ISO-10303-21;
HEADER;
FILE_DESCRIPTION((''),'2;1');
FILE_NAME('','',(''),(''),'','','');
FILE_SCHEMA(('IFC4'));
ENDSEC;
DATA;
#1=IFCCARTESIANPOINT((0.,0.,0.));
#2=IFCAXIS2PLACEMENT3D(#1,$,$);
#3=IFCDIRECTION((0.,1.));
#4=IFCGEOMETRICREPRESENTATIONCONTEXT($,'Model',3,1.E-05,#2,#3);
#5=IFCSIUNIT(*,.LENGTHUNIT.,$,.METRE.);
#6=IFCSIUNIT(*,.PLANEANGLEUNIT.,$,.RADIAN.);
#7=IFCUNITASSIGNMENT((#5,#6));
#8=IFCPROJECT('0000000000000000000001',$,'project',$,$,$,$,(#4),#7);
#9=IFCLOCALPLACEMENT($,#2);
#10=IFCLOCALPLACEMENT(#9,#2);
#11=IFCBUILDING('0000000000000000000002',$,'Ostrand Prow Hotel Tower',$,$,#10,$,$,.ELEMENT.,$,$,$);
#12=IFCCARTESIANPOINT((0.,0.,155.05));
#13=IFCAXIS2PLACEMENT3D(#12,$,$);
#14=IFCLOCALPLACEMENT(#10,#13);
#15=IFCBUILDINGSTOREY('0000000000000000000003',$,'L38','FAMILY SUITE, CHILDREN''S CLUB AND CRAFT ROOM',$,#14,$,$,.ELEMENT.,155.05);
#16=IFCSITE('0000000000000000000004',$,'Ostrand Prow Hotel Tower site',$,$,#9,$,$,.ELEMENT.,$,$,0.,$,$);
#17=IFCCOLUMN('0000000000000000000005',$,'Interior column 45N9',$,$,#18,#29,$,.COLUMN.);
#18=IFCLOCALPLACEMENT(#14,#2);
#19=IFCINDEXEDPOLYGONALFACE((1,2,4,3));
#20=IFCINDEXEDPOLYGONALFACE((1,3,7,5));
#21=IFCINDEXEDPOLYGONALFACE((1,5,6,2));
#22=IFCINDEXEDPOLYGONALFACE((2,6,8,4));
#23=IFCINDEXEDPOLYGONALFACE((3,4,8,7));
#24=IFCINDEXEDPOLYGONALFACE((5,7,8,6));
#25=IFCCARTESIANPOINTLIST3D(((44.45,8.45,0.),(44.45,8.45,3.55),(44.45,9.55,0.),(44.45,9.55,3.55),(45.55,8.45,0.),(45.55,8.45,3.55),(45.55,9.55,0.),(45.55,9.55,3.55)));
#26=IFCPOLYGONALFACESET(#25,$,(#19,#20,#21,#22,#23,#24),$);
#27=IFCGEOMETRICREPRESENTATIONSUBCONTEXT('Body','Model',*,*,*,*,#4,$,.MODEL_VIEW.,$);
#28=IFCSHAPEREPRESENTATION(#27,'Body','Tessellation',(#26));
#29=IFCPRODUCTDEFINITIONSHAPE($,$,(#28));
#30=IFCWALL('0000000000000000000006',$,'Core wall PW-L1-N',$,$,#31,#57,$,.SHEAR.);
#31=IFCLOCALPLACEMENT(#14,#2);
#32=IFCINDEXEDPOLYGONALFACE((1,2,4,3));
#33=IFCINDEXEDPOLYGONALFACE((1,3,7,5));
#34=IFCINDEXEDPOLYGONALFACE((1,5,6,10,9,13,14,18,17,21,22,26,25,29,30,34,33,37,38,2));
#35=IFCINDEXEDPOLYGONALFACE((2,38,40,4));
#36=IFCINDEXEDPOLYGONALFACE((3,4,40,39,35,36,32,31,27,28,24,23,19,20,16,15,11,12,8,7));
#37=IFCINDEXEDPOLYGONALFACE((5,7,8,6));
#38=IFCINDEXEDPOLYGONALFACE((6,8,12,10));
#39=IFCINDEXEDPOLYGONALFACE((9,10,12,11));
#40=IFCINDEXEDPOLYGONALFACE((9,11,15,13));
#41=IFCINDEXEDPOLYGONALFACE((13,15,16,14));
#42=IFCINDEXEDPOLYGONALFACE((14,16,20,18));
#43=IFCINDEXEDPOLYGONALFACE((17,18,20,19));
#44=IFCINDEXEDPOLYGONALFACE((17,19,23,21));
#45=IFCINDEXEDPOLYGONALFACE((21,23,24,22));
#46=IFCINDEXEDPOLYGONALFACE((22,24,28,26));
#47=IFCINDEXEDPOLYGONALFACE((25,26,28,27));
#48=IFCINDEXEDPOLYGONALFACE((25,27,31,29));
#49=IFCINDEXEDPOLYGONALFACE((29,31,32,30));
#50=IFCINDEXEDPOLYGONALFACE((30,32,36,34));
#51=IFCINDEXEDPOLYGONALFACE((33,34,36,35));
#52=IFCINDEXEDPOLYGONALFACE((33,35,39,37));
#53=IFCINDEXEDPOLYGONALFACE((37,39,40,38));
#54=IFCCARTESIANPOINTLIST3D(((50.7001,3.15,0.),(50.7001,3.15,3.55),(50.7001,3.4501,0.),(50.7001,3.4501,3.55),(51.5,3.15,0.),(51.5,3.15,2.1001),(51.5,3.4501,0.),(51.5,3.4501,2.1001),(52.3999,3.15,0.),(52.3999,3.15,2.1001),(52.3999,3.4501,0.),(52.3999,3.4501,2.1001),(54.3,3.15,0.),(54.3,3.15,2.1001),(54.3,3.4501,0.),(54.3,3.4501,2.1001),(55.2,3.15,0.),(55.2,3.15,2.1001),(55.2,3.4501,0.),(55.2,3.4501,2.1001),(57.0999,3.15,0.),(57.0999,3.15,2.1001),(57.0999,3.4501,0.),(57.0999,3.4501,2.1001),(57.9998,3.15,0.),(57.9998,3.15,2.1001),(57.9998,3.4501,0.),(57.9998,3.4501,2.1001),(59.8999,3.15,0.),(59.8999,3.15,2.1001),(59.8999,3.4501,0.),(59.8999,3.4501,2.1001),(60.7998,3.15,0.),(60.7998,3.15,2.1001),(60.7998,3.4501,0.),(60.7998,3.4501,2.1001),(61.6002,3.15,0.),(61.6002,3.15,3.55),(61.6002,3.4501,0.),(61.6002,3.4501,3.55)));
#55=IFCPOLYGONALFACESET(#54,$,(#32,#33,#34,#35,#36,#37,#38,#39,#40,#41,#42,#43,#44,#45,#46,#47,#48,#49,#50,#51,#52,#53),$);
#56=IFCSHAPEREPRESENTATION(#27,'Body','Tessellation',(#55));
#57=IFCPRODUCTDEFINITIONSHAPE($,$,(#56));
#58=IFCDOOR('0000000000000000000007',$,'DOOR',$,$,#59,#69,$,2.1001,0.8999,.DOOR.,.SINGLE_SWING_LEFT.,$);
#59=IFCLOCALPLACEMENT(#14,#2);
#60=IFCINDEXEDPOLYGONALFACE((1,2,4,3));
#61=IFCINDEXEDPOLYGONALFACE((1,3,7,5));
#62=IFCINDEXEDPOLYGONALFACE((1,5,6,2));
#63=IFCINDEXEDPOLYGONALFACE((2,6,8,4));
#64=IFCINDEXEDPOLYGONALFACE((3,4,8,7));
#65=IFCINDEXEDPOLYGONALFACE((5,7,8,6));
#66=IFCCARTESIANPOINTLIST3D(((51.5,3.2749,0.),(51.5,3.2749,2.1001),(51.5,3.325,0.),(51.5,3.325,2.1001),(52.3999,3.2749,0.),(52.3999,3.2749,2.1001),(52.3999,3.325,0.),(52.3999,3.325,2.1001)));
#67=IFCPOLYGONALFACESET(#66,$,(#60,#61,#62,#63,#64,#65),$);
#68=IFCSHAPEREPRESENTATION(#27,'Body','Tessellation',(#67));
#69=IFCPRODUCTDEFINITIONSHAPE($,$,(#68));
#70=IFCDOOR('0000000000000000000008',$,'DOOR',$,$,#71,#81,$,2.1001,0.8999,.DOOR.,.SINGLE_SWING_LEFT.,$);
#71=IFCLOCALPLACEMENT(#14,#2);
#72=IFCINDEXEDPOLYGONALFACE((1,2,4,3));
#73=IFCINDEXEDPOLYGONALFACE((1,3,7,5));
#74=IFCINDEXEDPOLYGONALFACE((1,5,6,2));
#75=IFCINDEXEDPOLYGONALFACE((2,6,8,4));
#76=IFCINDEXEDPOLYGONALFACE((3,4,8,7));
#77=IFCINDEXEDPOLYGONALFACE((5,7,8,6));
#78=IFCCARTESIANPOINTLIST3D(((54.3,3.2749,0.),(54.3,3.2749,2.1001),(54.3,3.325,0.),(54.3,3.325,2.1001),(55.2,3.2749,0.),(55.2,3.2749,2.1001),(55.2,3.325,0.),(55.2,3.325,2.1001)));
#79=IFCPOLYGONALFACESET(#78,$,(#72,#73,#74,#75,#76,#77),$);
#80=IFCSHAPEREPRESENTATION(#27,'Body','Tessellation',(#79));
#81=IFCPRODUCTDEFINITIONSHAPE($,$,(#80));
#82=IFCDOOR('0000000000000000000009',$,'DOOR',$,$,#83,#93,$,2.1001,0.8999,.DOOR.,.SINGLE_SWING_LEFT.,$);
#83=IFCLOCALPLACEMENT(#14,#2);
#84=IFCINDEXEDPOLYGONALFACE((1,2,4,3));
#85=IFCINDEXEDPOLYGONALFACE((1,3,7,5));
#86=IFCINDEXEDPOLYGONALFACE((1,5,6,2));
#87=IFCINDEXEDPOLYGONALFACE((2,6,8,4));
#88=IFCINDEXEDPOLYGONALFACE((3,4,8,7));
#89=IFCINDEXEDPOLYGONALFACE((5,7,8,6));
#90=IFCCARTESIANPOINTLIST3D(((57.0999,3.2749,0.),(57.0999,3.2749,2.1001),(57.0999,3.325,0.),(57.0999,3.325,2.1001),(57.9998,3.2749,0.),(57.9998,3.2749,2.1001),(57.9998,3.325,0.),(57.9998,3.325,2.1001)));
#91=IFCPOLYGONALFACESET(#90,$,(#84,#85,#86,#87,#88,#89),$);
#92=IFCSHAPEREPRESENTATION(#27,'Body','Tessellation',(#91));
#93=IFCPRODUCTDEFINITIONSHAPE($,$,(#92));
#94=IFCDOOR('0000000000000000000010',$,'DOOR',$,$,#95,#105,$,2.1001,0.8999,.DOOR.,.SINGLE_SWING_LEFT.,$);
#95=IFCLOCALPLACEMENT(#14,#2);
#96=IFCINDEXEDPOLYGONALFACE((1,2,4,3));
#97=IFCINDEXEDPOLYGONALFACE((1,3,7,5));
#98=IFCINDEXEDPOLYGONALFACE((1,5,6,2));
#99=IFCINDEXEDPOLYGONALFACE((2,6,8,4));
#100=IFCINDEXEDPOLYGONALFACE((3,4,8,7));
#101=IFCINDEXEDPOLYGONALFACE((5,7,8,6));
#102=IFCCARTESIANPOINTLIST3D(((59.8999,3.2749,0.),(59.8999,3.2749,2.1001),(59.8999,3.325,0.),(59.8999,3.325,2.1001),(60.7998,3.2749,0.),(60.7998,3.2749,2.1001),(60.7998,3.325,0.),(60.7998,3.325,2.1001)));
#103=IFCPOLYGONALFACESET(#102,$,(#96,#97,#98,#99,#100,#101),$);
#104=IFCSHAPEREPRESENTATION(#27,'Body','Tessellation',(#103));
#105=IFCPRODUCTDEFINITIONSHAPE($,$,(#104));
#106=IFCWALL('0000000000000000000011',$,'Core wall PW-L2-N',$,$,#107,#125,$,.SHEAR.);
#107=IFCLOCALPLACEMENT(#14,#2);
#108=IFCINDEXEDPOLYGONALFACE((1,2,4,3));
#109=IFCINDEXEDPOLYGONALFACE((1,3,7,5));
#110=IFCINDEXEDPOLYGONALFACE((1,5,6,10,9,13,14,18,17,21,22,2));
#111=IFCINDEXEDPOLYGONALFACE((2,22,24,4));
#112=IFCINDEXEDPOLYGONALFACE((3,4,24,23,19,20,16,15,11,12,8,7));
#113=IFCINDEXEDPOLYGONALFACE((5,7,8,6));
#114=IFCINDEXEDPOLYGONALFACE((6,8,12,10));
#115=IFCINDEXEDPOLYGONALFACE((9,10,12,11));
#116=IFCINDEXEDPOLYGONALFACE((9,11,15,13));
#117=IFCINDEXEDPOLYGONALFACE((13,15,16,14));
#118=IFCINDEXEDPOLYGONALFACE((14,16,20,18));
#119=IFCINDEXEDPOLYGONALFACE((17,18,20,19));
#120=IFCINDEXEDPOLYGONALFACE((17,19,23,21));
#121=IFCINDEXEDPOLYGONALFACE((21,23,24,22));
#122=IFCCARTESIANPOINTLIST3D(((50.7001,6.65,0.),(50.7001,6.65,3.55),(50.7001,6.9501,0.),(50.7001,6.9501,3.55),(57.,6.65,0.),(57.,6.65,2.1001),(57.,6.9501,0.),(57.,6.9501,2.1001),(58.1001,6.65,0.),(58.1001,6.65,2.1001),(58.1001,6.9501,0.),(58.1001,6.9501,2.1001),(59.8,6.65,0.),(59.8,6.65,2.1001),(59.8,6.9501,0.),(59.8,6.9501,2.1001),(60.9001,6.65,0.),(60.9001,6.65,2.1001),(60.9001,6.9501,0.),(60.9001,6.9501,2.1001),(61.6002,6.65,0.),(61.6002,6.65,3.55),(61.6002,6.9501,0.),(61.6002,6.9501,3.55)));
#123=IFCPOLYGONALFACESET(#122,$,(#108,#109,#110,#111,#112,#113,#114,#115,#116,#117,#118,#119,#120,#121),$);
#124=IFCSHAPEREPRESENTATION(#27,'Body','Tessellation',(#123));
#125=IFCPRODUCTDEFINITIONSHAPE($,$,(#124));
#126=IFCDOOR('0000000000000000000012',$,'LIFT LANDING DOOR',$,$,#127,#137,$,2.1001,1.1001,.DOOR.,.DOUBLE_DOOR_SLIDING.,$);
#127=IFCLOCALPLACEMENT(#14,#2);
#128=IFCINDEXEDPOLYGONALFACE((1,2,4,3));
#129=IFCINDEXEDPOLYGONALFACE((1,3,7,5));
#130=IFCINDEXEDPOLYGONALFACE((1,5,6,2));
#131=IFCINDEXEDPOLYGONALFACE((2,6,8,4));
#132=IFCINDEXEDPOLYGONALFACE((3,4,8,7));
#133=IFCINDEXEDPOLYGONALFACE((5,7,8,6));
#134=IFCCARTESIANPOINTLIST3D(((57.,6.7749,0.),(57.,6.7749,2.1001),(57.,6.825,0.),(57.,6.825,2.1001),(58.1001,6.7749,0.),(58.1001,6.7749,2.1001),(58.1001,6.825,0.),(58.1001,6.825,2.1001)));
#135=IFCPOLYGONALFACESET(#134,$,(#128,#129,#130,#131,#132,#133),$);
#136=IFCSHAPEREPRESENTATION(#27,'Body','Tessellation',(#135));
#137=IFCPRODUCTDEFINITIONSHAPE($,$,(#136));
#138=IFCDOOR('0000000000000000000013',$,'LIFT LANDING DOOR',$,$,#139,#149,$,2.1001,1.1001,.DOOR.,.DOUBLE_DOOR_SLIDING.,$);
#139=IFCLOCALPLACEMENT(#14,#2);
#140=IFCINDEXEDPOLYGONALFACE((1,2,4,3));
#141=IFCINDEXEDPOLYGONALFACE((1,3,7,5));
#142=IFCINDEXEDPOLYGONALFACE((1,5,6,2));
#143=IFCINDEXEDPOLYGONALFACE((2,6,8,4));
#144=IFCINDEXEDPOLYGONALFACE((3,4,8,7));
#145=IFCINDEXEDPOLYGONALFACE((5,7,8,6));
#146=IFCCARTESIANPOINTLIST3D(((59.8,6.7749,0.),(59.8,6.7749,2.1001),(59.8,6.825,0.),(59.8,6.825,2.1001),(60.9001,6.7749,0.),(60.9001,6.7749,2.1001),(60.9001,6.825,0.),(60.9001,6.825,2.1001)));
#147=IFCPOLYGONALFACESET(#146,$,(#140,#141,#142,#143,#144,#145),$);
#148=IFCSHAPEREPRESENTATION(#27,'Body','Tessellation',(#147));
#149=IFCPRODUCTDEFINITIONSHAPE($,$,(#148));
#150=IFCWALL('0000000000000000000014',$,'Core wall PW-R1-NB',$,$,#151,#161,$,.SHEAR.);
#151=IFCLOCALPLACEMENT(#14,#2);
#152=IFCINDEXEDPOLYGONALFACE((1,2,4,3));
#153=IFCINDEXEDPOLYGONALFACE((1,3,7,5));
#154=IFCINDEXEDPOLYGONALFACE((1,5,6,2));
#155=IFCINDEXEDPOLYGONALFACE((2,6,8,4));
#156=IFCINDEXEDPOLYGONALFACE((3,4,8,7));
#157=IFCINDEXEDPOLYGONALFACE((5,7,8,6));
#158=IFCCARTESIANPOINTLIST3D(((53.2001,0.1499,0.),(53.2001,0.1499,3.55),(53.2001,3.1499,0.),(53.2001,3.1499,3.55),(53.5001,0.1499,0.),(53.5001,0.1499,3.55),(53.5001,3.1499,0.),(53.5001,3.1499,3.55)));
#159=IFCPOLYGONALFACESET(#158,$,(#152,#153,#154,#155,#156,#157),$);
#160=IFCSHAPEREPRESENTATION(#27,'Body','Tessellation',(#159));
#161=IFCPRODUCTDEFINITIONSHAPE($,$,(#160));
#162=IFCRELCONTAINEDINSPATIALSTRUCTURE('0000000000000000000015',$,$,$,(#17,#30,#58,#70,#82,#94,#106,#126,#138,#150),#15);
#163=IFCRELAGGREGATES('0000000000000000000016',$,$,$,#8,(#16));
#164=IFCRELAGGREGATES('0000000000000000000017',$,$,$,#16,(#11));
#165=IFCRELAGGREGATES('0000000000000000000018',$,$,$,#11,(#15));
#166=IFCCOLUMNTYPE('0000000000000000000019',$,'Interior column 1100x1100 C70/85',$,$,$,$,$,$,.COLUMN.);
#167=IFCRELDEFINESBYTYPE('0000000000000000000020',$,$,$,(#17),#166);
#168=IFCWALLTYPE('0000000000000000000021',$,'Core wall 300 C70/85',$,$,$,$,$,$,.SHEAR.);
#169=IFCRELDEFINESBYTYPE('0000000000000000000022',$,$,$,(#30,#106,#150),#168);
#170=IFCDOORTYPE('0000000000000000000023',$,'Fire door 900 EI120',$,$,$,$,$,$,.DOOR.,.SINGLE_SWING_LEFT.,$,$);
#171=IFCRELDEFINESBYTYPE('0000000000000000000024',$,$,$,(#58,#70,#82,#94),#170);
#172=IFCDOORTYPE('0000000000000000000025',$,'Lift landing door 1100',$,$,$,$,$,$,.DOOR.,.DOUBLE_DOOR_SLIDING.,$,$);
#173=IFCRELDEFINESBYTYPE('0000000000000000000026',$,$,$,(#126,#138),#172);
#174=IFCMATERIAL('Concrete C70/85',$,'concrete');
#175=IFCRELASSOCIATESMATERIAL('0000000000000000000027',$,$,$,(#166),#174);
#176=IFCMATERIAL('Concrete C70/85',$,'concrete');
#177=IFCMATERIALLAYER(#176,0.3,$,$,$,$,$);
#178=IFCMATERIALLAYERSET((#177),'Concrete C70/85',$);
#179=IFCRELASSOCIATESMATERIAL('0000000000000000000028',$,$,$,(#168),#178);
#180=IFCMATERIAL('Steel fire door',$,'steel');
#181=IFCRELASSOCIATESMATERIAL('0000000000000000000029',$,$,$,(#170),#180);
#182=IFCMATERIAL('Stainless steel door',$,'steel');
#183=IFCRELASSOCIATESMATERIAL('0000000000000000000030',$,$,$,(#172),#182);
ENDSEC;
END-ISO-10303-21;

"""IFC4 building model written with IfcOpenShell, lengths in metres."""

from ifc_helpers import new_model, si_unit, direction, frame, frame_2d, origin, origin_2d, place, context, subcontext, project, spatial, rectangle, extrude, material, layer, layer_set, material_profile, profile_set, type_object, element, fill, save


model = new_model("IFC4")

# Units and contexts
model_context = context("Model", 3, precision=1e-05, world=origin(), true_north=direction((0.0, 1.0)))
body_context = subcontext(model_context, "Body", "Model", "MODEL_VIEW")
ifc_project = project(units=[si_unit("LENGTHUNIT", "METRE"), si_unit("PLANEANGLEUNIT", "RADIAN")], contexts=[model_context])

# Site, building, storey
site_placement = place(None, origin())
site = spatial("IfcSite", under=ifc_project, at=site_placement, Name="Ostrand Prow Hotel Tower site", CompositionType="ELEMENT", RefElevation=0.0)
building_placement = place(site_placement, origin())
building = spatial("IfcBuilding", under=site, at=building_placement, Name="Ostrand Prow Hotel Tower", CompositionType="ELEMENT")
storey_placement = place(building_placement, frame((0.0, 0.0, 155.05)))
storey = spatial("IfcBuildingStorey", under=building, at=storey_placement, Name="L38", Description="FAMILY SUITE, CHILDREN'S CLUB AND CRAFT ROOM", CompositionType="ELEMENT", Elevation=155.05)

# Column
ifc_material_1 = material(Name="Concrete C70/85", Category="concrete")
ifc_material_profile = material_profile(ifc_material_1, rectangle(XDim=1.1001, YDim=1.1001, at=origin_2d()), Name="RC 1100x1100")
ifc_profile_set = profile_set([ifc_material_profile], Name="Concrete C70/85")
column_type = type_object("IfcColumnType", Name="Interior column 1100x1100 C70/85", PredefinedType="COLUMN", material=ifc_profile_set)
column_placement = place(storey_placement, frame((45.0, 9.0, 0.0), z_axis=(0.0, 0.0, 1.0), x_axis=(1.0, 0.0, 0.0)))
element("IfcColumn", 1, at=column_placement, inside=storey, type_object=column_type, Name="Interior column 45N9", PredefinedType="COLUMN", context=body_context, shape_type="SweptSolid", body=[
    extrude(rectangle(XDim=1.1001, YDim=1.1001, at=origin_2d()), origin(), (0.0, 0.0, 1.0), 3.55),
])

# Walls, openings, doors
ifc_material_2 = material(Name="Concrete C70/85", Category="concrete")
ifc_layer_1 = layer(ifc_material_2, 0.3)
ifc_layer_set_1 = layer_set([ifc_layer_1], Name="Concrete C70/85")
wall_type_1 = type_object("IfcWallType", Name="Core wall 300 C70/85", PredefinedType="SHEAR", material=ifc_layer_set_1)
wall_1_placement = place(storey_placement, frame((50.7, 3.3, 0.0), z_axis=(0.0, 0.0, 1.0), x_axis=(1.0, 0.0, 0.0)))
wall_1 = element("IfcWall", 2, at=wall_1_placement, inside=storey, type_object=wall_type_1, Name="Core wall PW-L1-N", PredefinedType="SHEAR", context=body_context, shape_type="SweptSolid", body=[
    extrude(rectangle(XDim=10.9001, YDim=0.3, at=frame_2d((5.4502, 0.0))), origin(), (0.0, 0.0, 1.0), 3.55),
])
opening_1_placement = place(wall_1_placement, frame((0.8, 0.0, 0.0)))
opening_1 = element("IfcOpeningElement", 3, at=opening_1_placement, cuts=wall_1, PredefinedType="OPENING", context=body_context, shape_type="SweptSolid", body=[
    extrude(rectangle(XDim=0.8999, YDim=2.1001, at=frame_2d((0.45, 1.05))), frame((0.0, 0.1599, 0.0), z_axis=(0.0, -1.0, 0.0), x_axis=(1.0, 0.0, 0.0)), (0.0, 0.0, 1.0), 0.3201),
])
opening_2_placement = place(wall_1_placement, frame((3.6001, 0.0, 0.0)))
opening_2 = element("IfcOpeningElement", 4, at=opening_2_placement, cuts=wall_1, PredefinedType="OPENING", context=body_context, shape_type="SweptSolid", body=[
    extrude(rectangle(XDim=0.8999, YDim=2.1001, at=frame_2d((0.45, 1.05))), frame((0.0, 0.1599, 0.0), z_axis=(0.0, -1.0, 0.0), x_axis=(1.0, 0.0, 0.0)), (0.0, 0.0, 1.0), 0.3201),
])
opening_3_placement = place(wall_1_placement, frame((6.3999, 0.0, 0.0)))
opening_3 = element("IfcOpeningElement", 5, at=opening_3_placement, cuts=wall_1, PredefinedType="OPENING", context=body_context, shape_type="SweptSolid", body=[
    extrude(rectangle(XDim=0.8999, YDim=2.1001, at=frame_2d((0.45, 1.05))), frame((0.0, 0.1599, 0.0), z_axis=(0.0, -1.0, 0.0), x_axis=(1.0, 0.0, 0.0)), (0.0, 0.0, 1.0), 0.3201),
])
opening_4_placement = place(wall_1_placement, frame((9.2, 0.0, 0.0)))
opening_4 = element("IfcOpeningElement", 6, at=opening_4_placement, cuts=wall_1, PredefinedType="OPENING", context=body_context, shape_type="SweptSolid", body=[
    extrude(rectangle(XDim=0.8999, YDim=2.1001, at=frame_2d((0.45, 1.05))), frame((0.0, 0.1599, 0.0), z_axis=(0.0, -1.0, 0.0), x_axis=(1.0, 0.0, 0.0)), (0.0, 0.0, 1.0), 0.3201),
])
ifc_material_3 = material(Name="Steel fire door", Category="steel")
door_type_1 = type_object("IfcDoorType", Name="Fire door 900 EI120", OperationType="SINGLE_SWING_LEFT", PredefinedType="DOOR", material=ifc_material_3)
door_1_placement = place(opening_1_placement, origin())
door_1 = element("IfcDoor", 7, at=door_1_placement, inside=storey, type_object=door_type_1, Name="DOOR", OperationType="SINGLE_SWING_LEFT", OverallHeight=2.1001, OverallWidth=0.8999, PredefinedType="DOOR", context=body_context, shape_type="SweptSolid", body=[
    extrude(rectangle(XDim=0.8999, YDim=2.1001, at=frame_2d((0.45, 1.05))), frame((0.0, 0.0249, 0.0), z_axis=(0.0, -1.0, 0.0), x_axis=(1.0, 0.0, 0.0)), (0.0, 0.0, 1.0), 0.05),
])
fill(opening_1, door_1)
door_2_placement = place(opening_2_placement, origin())
door_2 = element("IfcDoor", 8, at=door_2_placement, inside=storey, type_object=door_type_1, Name="DOOR", OperationType="SINGLE_SWING_LEFT", OverallHeight=2.1001, OverallWidth=0.8999, PredefinedType="DOOR", context=body_context, shape_type="SweptSolid", body=[
    extrude(rectangle(XDim=0.8999, YDim=2.1001, at=frame_2d((0.45, 1.05))), frame((0.0, 0.0249, 0.0), z_axis=(0.0, -1.0, 0.0), x_axis=(1.0, 0.0, 0.0)), (0.0, 0.0, 1.0), 0.05),
])
fill(opening_2, door_2)
door_3_placement = place(opening_3_placement, origin())
door_3 = element("IfcDoor", 9, at=door_3_placement, inside=storey, type_object=door_type_1, Name="DOOR", OperationType="SINGLE_SWING_LEFT", OverallHeight=2.1001, OverallWidth=0.8999, PredefinedType="DOOR", context=body_context, shape_type="SweptSolid", body=[
    extrude(rectangle(XDim=0.8999, YDim=2.1001, at=frame_2d((0.45, 1.05))), frame((0.0, 0.0249, 0.0), z_axis=(0.0, -1.0, 0.0), x_axis=(1.0, 0.0, 0.0)), (0.0, 0.0, 1.0), 0.05),
])
fill(opening_3, door_3)
door_4_placement = place(opening_4_placement, origin())
door_4 = element("IfcDoor", 10, at=door_4_placement, inside=storey, type_object=door_type_1, Name="DOOR", OperationType="SINGLE_SWING_LEFT", OverallHeight=2.1001, OverallWidth=0.8999, PredefinedType="DOOR", context=body_context, shape_type="SweptSolid", body=[
    extrude(rectangle(XDim=0.8999, YDim=2.1001, at=frame_2d((0.45, 1.05))), frame((0.0, 0.0249, 0.0), z_axis=(0.0, -1.0, 0.0), x_axis=(1.0, 0.0, 0.0)), (0.0, 0.0, 1.0), 0.05),
])
fill(opening_4, door_4)
wall_2_placement = place(storey_placement, frame((50.7, 6.8, 0.0), z_axis=(0.0, 0.0, 1.0), x_axis=(1.0, 0.0, 0.0)))
wall_2 = element("IfcWall", 11, at=wall_2_placement, inside=storey, type_object=wall_type_1, Name="Core wall PW-L2-N", PredefinedType="SHEAR", context=body_context, shape_type="SweptSolid", body=[
    extrude(rectangle(XDim=10.9001, YDim=0.3, at=frame_2d((5.4502, 0.0))), origin(), (0.0, 0.0, 1.0), 3.55),
])
opening_5_placement = place(wall_2_placement, frame((6.3, 0.0, 0.0)))
opening_5 = element("IfcOpeningElement", 12, at=opening_5_placement, cuts=wall_2, PredefinedType="OPENING", context=body_context, shape_type="SweptSolid", body=[
    extrude(rectangle(XDim=1.1001, YDim=2.1001, at=frame_2d((0.55, 1.05))), frame((0.0, 0.1599, 0.0), z_axis=(0.0, -1.0, 0.0), x_axis=(1.0, 0.0, 0.0)), (0.0, 0.0, 1.0), 0.3201),
])
opening_6_placement = place(wall_2_placement, frame((9.1001, 0.0, 0.0)))
opening_6 = element("IfcOpeningElement", 13, at=opening_6_placement, cuts=wall_2, PredefinedType="OPENING", context=body_context, shape_type="SweptSolid", body=[
    extrude(rectangle(XDim=1.1001, YDim=2.1001, at=frame_2d((0.55, 1.05))), frame((0.0, 0.1599, 0.0), z_axis=(0.0, -1.0, 0.0), x_axis=(1.0, 0.0, 0.0)), (0.0, 0.0, 1.0), 0.3201),
])
ifc_material_4 = material(Name="Stainless steel door", Category="steel")
door_type_2 = type_object("IfcDoorType", Name="Lift landing door 1100", OperationType="DOUBLE_DOOR_SLIDING", PredefinedType="DOOR", material=ifc_material_4)
door_5_placement = place(opening_5_placement, origin())
door_5 = element("IfcDoor", 14, at=door_5_placement, inside=storey, type_object=door_type_2, Name="LIFT LANDING DOOR", OperationType="DOUBLE_DOOR_SLIDING", OverallHeight=2.1001, OverallWidth=1.1001, PredefinedType="DOOR", context=body_context, shape_type="SweptSolid", body=[
    extrude(rectangle(XDim=1.1001, YDim=2.1001, at=frame_2d((0.55, 1.05))), frame((0.0, 0.0249, 0.0), z_axis=(0.0, -1.0, 0.0), x_axis=(1.0, 0.0, 0.0)), (0.0, 0.0, 1.0), 0.05),
])
fill(opening_5, door_5)
door_6_placement = place(opening_6_placement, origin())
door_6 = element("IfcDoor", 15, at=door_6_placement, inside=storey, type_object=door_type_2, Name="LIFT LANDING DOOR", OperationType="DOUBLE_DOOR_SLIDING", OverallHeight=2.1001, OverallWidth=1.1001, PredefinedType="DOOR", context=body_context, shape_type="SweptSolid", body=[
    extrude(rectangle(XDim=1.1001, YDim=2.1001, at=frame_2d((0.55, 1.05))), frame((0.0, 0.0249, 0.0), z_axis=(0.0, -1.0, 0.0), x_axis=(1.0, 0.0, 0.0)), (0.0, 0.0, 1.0), 0.05),
])
fill(opening_6, door_6)

# Wall
for number, where, z_axis, x_axis, name in (
    (16, (53.3501, 0.1499, 0.0), (0.0, 0.0, 1.0), (0.0, 1.0, 0.0), "Core wall PW-R1-NB"),
):
    element("IfcWall", number, at=place(storey_placement, frame(where, z_axis=z_axis, x_axis=x_axis)), inside=storey, type_object=wall_type_1, Name=name, PredefinedType="SHEAR", context=body_context, shape_type="SweptSolid", body=[
        extrude(rectangle(XDim=3.0, YDim=0.3, at=frame_2d((1.5, 0.0))), origin(), (0.0, 0.0, 1.0), 3.55),
    ])

save(model, "model.ifc")
